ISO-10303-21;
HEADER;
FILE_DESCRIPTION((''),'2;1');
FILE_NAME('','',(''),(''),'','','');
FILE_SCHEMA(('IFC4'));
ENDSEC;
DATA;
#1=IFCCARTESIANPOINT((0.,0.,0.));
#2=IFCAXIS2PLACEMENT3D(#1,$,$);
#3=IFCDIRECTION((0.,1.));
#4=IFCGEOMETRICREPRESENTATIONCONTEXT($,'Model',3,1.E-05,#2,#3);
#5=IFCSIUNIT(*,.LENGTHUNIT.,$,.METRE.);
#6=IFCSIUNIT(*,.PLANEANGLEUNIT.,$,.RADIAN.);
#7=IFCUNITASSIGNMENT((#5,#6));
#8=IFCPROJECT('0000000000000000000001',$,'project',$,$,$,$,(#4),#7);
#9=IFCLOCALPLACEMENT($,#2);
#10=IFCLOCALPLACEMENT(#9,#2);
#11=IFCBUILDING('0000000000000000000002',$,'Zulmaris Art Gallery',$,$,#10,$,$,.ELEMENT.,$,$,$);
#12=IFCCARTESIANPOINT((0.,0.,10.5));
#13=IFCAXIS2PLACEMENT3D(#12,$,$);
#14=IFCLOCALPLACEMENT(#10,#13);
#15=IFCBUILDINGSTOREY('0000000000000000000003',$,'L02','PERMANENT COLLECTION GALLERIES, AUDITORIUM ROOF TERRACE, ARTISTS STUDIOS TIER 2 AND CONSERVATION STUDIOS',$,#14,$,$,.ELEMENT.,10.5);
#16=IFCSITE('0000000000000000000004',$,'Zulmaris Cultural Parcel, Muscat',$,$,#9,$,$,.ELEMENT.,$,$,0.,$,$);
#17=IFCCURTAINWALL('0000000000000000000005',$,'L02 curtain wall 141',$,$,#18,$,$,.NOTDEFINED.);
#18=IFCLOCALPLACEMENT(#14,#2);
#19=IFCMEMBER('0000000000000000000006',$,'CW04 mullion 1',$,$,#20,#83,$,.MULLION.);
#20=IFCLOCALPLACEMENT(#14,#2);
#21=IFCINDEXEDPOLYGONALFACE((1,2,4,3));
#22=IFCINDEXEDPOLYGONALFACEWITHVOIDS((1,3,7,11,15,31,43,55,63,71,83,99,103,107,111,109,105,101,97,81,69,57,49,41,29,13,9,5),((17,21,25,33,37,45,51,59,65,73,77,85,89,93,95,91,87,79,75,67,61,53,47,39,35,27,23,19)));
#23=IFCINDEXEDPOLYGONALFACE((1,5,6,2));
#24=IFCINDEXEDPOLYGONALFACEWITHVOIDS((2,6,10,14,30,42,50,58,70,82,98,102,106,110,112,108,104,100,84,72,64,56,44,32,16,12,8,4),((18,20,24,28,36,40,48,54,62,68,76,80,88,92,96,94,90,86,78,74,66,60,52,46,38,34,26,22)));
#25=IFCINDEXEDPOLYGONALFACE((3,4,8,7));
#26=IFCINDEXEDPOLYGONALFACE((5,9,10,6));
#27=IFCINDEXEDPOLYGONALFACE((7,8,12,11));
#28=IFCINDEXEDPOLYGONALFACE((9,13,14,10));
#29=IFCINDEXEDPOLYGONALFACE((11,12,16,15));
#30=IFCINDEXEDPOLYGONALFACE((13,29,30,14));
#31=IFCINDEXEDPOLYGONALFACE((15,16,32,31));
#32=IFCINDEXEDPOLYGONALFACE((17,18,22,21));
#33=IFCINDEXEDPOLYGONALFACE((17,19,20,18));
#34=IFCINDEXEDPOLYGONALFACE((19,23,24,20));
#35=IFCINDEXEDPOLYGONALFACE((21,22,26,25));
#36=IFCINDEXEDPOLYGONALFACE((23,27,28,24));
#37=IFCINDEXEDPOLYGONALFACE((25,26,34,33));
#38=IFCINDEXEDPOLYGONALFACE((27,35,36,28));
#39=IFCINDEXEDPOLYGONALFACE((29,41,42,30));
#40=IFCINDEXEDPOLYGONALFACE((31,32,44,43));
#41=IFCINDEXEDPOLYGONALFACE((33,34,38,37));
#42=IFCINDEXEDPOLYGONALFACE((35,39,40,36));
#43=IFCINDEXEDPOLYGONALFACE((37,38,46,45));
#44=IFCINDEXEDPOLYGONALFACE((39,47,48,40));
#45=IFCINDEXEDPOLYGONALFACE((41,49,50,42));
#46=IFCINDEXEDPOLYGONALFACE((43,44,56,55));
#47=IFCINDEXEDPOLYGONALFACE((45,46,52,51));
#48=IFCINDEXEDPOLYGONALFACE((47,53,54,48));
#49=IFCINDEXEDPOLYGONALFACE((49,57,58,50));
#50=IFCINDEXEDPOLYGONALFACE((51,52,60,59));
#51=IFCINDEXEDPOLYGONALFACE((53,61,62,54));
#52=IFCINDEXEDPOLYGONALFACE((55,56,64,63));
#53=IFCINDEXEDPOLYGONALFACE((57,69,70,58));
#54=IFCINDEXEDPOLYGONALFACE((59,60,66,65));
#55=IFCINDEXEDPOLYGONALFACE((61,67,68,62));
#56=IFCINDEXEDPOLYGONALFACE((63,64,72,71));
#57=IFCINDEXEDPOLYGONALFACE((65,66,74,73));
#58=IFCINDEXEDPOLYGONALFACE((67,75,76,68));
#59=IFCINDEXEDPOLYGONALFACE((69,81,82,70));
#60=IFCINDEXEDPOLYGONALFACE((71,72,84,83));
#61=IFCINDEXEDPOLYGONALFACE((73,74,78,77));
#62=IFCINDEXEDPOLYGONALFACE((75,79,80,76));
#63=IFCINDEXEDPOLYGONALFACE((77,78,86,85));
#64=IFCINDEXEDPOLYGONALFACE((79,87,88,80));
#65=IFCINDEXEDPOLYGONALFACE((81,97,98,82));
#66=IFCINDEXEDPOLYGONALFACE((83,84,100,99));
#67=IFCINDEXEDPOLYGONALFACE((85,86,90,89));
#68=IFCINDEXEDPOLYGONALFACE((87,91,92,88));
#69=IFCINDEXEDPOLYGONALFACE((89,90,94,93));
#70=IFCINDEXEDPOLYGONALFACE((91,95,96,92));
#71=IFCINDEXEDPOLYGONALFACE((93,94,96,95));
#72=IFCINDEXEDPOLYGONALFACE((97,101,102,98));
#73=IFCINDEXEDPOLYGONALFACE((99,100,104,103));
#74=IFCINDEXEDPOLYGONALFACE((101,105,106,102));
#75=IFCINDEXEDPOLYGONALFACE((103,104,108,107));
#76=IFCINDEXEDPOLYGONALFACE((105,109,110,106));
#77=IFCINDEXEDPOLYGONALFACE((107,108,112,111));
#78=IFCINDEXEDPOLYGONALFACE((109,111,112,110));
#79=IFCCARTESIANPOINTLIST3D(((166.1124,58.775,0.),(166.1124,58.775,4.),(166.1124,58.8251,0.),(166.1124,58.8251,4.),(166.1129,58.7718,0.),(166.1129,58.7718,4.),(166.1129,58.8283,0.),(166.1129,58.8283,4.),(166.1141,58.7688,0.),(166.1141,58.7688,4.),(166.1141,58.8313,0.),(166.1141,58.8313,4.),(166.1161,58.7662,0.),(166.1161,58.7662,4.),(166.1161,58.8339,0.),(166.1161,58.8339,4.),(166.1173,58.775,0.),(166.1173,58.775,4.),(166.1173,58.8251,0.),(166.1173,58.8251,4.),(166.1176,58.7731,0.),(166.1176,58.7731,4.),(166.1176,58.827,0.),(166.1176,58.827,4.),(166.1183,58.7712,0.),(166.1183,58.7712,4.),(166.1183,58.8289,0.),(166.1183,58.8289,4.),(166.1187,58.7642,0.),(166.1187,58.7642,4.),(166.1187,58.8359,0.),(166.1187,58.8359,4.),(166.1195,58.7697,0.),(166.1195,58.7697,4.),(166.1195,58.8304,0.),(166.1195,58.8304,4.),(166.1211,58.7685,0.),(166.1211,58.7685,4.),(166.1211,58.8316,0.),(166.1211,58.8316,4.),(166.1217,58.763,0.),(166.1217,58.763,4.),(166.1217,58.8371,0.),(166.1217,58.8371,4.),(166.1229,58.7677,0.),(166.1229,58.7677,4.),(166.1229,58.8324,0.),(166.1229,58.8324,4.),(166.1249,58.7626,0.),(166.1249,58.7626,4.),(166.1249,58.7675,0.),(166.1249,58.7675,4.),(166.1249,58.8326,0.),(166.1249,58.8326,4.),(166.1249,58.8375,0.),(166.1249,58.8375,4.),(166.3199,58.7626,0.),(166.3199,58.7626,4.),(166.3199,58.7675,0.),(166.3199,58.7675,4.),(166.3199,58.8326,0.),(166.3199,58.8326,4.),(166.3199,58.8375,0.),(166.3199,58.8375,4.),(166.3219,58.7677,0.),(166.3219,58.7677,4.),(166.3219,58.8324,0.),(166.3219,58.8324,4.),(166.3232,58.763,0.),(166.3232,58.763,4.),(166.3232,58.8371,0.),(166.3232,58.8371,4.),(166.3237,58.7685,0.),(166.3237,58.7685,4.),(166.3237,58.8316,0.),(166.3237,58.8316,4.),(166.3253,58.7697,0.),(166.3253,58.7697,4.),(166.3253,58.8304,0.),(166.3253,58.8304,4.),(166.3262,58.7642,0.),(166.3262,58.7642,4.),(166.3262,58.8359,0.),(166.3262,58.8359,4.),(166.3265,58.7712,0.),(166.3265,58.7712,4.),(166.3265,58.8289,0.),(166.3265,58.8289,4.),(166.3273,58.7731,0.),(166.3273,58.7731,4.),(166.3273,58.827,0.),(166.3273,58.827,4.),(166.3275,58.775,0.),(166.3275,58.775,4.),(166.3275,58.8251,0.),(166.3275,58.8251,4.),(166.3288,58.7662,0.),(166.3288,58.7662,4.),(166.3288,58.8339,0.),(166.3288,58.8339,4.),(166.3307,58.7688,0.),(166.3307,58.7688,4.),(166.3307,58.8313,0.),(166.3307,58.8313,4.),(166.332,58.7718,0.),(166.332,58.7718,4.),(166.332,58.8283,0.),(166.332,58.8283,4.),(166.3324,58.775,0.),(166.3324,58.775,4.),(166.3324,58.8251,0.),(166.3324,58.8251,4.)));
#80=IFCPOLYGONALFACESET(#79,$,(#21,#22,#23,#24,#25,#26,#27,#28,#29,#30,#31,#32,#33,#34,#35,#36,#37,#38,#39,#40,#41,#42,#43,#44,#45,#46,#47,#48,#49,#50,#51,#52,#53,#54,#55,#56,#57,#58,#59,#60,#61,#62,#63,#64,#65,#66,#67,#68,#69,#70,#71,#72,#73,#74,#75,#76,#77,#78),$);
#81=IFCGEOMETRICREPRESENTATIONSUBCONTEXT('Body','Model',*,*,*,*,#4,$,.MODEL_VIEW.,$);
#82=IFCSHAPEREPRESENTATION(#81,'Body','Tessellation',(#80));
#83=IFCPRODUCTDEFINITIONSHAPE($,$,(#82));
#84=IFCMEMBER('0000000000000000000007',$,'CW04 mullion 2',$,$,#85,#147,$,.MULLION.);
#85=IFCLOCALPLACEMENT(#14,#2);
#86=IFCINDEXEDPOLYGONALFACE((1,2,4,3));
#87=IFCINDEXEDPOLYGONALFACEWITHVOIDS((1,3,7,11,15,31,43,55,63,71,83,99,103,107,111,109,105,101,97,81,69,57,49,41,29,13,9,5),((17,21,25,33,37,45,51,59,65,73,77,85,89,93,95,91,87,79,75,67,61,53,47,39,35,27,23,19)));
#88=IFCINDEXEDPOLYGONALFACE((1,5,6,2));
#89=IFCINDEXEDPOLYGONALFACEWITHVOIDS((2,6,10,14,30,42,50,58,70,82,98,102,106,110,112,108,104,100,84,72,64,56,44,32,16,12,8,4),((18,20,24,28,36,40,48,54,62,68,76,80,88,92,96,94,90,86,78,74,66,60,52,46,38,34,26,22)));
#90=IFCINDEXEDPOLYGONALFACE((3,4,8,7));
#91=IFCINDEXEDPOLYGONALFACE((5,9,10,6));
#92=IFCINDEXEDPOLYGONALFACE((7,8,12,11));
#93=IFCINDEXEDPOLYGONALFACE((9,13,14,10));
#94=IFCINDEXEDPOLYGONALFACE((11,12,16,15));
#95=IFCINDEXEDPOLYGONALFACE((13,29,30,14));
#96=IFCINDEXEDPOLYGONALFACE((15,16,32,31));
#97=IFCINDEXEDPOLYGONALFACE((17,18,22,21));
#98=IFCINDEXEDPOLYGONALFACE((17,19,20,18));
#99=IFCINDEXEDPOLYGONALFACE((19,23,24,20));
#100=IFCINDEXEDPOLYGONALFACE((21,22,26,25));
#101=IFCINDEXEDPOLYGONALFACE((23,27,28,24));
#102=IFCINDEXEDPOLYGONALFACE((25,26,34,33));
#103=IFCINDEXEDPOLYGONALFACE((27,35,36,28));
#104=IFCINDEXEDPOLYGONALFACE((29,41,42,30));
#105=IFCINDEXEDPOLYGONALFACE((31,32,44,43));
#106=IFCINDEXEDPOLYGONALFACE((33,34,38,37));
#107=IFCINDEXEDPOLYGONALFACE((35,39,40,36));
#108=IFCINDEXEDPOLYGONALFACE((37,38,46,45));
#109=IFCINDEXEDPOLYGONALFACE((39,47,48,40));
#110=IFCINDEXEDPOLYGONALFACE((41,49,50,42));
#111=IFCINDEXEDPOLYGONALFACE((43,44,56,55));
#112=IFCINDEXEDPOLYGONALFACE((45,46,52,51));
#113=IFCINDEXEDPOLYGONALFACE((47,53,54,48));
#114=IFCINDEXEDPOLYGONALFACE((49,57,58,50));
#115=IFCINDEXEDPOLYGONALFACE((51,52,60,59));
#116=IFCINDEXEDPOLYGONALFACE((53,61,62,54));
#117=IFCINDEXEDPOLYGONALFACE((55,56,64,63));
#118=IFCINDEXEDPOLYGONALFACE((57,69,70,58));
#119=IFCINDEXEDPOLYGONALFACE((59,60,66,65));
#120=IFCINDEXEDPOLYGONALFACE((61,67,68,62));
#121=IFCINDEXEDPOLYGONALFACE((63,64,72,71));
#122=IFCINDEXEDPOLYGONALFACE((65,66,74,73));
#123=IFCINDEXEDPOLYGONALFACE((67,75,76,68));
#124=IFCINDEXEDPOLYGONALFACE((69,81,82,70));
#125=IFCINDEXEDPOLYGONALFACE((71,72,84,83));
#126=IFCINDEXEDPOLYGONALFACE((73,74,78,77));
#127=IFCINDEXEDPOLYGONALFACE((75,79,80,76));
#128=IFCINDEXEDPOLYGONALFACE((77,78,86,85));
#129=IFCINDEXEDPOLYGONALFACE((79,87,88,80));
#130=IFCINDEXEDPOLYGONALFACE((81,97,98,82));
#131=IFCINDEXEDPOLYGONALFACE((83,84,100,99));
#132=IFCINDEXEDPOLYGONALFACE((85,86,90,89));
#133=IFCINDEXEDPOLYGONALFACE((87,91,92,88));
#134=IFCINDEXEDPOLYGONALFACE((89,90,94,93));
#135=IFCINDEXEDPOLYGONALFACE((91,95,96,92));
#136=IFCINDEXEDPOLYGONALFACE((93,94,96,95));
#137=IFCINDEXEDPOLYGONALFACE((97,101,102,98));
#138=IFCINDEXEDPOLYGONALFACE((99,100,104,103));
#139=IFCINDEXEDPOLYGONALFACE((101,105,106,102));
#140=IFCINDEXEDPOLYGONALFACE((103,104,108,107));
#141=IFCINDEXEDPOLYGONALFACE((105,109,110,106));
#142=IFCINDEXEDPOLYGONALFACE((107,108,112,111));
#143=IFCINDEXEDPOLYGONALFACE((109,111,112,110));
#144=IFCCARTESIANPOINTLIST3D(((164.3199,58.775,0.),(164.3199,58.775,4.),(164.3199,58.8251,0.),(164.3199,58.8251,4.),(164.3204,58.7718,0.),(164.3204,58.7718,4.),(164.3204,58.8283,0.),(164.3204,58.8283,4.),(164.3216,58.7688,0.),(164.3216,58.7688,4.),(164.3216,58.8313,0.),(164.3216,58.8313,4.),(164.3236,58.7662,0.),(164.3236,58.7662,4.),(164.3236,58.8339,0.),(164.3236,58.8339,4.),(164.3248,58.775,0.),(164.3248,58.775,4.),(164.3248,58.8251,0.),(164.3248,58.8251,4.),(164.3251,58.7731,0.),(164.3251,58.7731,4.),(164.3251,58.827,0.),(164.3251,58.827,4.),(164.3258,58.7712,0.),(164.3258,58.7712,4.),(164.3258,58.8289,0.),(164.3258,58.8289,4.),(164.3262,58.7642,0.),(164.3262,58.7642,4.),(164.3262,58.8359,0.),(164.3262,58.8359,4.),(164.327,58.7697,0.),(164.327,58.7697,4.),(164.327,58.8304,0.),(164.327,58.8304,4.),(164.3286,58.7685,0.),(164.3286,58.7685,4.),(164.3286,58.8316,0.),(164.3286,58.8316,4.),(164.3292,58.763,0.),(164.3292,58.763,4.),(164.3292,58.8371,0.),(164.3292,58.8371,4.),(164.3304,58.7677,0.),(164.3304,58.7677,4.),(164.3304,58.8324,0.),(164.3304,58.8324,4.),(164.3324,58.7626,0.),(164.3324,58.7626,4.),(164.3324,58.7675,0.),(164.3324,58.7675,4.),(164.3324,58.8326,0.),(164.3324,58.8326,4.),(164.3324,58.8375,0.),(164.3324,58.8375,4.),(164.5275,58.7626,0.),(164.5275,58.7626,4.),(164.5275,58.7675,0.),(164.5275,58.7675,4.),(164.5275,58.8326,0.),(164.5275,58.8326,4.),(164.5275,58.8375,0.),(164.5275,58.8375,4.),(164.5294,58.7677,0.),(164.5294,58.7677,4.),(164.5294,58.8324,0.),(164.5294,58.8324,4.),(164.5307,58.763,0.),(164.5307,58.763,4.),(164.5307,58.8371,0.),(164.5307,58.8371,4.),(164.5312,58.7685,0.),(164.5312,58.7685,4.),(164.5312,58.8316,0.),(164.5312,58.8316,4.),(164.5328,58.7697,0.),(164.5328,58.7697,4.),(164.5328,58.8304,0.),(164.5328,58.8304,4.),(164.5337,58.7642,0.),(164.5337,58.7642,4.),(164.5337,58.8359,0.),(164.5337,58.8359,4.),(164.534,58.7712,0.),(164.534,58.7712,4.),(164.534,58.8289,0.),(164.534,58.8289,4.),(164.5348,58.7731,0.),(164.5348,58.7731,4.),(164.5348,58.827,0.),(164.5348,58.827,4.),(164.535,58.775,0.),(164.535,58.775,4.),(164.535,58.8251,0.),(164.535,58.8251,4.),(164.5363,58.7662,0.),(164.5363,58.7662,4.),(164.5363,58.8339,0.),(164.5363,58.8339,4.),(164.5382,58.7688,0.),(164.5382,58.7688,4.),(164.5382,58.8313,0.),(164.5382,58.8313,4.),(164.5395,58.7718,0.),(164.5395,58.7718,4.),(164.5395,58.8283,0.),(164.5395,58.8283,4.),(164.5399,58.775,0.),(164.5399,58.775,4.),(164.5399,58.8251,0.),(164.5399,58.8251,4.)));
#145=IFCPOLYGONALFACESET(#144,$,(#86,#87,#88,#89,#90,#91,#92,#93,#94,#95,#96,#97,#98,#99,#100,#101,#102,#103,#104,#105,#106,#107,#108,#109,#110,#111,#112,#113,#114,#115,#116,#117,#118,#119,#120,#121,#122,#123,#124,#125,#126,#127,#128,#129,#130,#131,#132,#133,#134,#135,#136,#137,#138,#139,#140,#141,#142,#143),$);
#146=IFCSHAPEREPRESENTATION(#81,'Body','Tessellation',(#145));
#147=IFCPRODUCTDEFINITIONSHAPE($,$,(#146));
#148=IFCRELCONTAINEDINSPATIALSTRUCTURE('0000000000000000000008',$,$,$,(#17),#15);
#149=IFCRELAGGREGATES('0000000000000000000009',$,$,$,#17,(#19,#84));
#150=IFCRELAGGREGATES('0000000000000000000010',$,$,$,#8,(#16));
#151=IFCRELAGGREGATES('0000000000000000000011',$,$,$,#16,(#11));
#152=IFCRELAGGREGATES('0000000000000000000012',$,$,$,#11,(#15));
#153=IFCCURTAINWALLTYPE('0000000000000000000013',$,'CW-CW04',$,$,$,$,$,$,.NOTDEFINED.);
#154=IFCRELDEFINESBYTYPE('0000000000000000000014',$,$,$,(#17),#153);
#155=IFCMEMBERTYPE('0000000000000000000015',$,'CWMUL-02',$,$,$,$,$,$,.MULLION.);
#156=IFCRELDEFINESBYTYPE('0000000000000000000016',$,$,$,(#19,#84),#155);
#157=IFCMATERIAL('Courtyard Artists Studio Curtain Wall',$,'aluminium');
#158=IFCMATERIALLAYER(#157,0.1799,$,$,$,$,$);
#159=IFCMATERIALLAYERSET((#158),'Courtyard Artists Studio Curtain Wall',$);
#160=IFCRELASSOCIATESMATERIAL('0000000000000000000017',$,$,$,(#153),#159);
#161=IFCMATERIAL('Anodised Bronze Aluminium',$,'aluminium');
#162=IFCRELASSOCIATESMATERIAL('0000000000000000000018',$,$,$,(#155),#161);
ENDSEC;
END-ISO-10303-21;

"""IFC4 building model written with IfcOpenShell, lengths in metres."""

from ifc_helpers import new_model, si_unit, direction, frame, origin, origin_2d, place, context, subcontext, project, spatial, hollow_rectangle, extrude, material, layer, layer_set, material_profile, profile_set, type_object, element, aggregate, save


model = new_model("IFC4")

# Units and contexts
model_context = context("Model", 3, precision=1e-05, world=origin(), true_north=direction((0.0, 1.0)))
body_context = subcontext(model_context, "Body", "Model", "MODEL_VIEW")
ifc_project = project(units=[si_unit("LENGTHUNIT", "METRE"), si_unit("PLANEANGLEUNIT", "RADIAN")], contexts=[model_context])

# Site, building, storey
site_placement = place(None, origin())
site = spatial("IfcSite", under=ifc_project, at=site_placement, Name="Zulmaris Cultural Parcel, Muscat", CompositionType="ELEMENT", RefElevation=0.0)
building_placement = place(site_placement, origin())
building = spatial("IfcBuilding", under=site, at=building_placement, Name="Zulmaris Art Gallery", CompositionType="ELEMENT")
storey_placement = place(building_placement, frame((0.0, 0.0, 10.5)))
storey = spatial("IfcBuildingStorey", under=building, at=storey_placement, Name="L02", Description="PERMANENT COLLECTION GALLERIES, AUDITORIUM ROOF TERRACE, ARTISTS STUDIOS TIER 2 AND CONSERVATION STUDIOS", CompositionType="ELEMENT", Elevation=10.5)

# Shared definitions
ifc_material_1 = material(Name="Courtyard Artists Studio Curtain Wall", Category="aluminium")
ifc_layer_1 = layer(ifc_material_1, 0.1799)
ifc_layer_set_1 = layer_set([ifc_layer_1], Name="Courtyard Artists Studio Curtain Wall")
curtain_wall_type = type_object("IfcCurtainWallType", Name="CW-CW04", PredefinedType="NOTDEFINED", material=ifc_layer_set_1)
ifc_material_2 = material(Name="Anodised Bronze Aluminium", Category="aluminium")
ifc_material_profile_1 = material_profile(ifc_material_2, hollow_rectangle(XDim=0.075, YDim=0.22, WallThickness=0.0049, InnerFilletRadius=0.0076, OuterFilletRadius=0.0125, at=origin_2d()), Name="ALU 75x220x5")
ifc_profile_set_1 = profile_set([ifc_material_profile_1], Name="Anodised Bronze Aluminium")
member_type_1 = type_object("IfcMemberType", Name="CWMUL-02", PredefinedType="MULLION", material=ifc_profile_set_1)

# Curtain wall, members
curtain_wall_1_placement = place(storey_placement, origin())
curtain_wall_1 = element("IfcCurtainWall", 1, at=curtain_wall_1_placement, inside=storey, type_object=curtain_wall_type, Name="L02 curtain wall 141", PredefinedType="NOTDEFINED")
member_1_placement = place(storey_placement, frame((166.2224, 58.8, 0.0), z_axis=(0.0, 0.0, 1.0), x_axis=(0.0, -1.0, 0.0)))
member_1 = element("IfcMember", 2, at=member_1_placement, type_object=member_type_1, Name="CW04 mullion 1", PredefinedType="MULLION", context=body_context, shape_type="SweptSolid", body=[
    extrude(hollow_rectangle(XDim=0.075, YDim=0.22, WallThickness=0.0049, InnerFilletRadius=0.0076, OuterFilletRadius=0.0125, at=origin_2d()), origin(), (0.0, 0.0, 1.0), 4.0),
])
member_2_placement = place(storey_placement, frame((164.4299, 58.8, 0.0), z_axis=(0.0, 0.0, 1.0), x_axis=(0.0, -1.0, 0.0)))
member_2 = element("IfcMember", 3, at=member_2_placement, type_object=member_type_1, Name="CW04 mullion 2", PredefinedType="MULLION", context=body_context, shape_type="SweptSolid", body=[
    extrude(hollow_rectangle(XDim=0.075, YDim=0.22, WallThickness=0.0049, InnerFilletRadius=0.0076, OuterFilletRadius=0.0125, at=origin_2d()), origin(), (0.0, 0.0, 1.0), 4.0),
])

aggregate(curtain_wall_1, [member_1, member_2])

save(model, "model.ifc")
